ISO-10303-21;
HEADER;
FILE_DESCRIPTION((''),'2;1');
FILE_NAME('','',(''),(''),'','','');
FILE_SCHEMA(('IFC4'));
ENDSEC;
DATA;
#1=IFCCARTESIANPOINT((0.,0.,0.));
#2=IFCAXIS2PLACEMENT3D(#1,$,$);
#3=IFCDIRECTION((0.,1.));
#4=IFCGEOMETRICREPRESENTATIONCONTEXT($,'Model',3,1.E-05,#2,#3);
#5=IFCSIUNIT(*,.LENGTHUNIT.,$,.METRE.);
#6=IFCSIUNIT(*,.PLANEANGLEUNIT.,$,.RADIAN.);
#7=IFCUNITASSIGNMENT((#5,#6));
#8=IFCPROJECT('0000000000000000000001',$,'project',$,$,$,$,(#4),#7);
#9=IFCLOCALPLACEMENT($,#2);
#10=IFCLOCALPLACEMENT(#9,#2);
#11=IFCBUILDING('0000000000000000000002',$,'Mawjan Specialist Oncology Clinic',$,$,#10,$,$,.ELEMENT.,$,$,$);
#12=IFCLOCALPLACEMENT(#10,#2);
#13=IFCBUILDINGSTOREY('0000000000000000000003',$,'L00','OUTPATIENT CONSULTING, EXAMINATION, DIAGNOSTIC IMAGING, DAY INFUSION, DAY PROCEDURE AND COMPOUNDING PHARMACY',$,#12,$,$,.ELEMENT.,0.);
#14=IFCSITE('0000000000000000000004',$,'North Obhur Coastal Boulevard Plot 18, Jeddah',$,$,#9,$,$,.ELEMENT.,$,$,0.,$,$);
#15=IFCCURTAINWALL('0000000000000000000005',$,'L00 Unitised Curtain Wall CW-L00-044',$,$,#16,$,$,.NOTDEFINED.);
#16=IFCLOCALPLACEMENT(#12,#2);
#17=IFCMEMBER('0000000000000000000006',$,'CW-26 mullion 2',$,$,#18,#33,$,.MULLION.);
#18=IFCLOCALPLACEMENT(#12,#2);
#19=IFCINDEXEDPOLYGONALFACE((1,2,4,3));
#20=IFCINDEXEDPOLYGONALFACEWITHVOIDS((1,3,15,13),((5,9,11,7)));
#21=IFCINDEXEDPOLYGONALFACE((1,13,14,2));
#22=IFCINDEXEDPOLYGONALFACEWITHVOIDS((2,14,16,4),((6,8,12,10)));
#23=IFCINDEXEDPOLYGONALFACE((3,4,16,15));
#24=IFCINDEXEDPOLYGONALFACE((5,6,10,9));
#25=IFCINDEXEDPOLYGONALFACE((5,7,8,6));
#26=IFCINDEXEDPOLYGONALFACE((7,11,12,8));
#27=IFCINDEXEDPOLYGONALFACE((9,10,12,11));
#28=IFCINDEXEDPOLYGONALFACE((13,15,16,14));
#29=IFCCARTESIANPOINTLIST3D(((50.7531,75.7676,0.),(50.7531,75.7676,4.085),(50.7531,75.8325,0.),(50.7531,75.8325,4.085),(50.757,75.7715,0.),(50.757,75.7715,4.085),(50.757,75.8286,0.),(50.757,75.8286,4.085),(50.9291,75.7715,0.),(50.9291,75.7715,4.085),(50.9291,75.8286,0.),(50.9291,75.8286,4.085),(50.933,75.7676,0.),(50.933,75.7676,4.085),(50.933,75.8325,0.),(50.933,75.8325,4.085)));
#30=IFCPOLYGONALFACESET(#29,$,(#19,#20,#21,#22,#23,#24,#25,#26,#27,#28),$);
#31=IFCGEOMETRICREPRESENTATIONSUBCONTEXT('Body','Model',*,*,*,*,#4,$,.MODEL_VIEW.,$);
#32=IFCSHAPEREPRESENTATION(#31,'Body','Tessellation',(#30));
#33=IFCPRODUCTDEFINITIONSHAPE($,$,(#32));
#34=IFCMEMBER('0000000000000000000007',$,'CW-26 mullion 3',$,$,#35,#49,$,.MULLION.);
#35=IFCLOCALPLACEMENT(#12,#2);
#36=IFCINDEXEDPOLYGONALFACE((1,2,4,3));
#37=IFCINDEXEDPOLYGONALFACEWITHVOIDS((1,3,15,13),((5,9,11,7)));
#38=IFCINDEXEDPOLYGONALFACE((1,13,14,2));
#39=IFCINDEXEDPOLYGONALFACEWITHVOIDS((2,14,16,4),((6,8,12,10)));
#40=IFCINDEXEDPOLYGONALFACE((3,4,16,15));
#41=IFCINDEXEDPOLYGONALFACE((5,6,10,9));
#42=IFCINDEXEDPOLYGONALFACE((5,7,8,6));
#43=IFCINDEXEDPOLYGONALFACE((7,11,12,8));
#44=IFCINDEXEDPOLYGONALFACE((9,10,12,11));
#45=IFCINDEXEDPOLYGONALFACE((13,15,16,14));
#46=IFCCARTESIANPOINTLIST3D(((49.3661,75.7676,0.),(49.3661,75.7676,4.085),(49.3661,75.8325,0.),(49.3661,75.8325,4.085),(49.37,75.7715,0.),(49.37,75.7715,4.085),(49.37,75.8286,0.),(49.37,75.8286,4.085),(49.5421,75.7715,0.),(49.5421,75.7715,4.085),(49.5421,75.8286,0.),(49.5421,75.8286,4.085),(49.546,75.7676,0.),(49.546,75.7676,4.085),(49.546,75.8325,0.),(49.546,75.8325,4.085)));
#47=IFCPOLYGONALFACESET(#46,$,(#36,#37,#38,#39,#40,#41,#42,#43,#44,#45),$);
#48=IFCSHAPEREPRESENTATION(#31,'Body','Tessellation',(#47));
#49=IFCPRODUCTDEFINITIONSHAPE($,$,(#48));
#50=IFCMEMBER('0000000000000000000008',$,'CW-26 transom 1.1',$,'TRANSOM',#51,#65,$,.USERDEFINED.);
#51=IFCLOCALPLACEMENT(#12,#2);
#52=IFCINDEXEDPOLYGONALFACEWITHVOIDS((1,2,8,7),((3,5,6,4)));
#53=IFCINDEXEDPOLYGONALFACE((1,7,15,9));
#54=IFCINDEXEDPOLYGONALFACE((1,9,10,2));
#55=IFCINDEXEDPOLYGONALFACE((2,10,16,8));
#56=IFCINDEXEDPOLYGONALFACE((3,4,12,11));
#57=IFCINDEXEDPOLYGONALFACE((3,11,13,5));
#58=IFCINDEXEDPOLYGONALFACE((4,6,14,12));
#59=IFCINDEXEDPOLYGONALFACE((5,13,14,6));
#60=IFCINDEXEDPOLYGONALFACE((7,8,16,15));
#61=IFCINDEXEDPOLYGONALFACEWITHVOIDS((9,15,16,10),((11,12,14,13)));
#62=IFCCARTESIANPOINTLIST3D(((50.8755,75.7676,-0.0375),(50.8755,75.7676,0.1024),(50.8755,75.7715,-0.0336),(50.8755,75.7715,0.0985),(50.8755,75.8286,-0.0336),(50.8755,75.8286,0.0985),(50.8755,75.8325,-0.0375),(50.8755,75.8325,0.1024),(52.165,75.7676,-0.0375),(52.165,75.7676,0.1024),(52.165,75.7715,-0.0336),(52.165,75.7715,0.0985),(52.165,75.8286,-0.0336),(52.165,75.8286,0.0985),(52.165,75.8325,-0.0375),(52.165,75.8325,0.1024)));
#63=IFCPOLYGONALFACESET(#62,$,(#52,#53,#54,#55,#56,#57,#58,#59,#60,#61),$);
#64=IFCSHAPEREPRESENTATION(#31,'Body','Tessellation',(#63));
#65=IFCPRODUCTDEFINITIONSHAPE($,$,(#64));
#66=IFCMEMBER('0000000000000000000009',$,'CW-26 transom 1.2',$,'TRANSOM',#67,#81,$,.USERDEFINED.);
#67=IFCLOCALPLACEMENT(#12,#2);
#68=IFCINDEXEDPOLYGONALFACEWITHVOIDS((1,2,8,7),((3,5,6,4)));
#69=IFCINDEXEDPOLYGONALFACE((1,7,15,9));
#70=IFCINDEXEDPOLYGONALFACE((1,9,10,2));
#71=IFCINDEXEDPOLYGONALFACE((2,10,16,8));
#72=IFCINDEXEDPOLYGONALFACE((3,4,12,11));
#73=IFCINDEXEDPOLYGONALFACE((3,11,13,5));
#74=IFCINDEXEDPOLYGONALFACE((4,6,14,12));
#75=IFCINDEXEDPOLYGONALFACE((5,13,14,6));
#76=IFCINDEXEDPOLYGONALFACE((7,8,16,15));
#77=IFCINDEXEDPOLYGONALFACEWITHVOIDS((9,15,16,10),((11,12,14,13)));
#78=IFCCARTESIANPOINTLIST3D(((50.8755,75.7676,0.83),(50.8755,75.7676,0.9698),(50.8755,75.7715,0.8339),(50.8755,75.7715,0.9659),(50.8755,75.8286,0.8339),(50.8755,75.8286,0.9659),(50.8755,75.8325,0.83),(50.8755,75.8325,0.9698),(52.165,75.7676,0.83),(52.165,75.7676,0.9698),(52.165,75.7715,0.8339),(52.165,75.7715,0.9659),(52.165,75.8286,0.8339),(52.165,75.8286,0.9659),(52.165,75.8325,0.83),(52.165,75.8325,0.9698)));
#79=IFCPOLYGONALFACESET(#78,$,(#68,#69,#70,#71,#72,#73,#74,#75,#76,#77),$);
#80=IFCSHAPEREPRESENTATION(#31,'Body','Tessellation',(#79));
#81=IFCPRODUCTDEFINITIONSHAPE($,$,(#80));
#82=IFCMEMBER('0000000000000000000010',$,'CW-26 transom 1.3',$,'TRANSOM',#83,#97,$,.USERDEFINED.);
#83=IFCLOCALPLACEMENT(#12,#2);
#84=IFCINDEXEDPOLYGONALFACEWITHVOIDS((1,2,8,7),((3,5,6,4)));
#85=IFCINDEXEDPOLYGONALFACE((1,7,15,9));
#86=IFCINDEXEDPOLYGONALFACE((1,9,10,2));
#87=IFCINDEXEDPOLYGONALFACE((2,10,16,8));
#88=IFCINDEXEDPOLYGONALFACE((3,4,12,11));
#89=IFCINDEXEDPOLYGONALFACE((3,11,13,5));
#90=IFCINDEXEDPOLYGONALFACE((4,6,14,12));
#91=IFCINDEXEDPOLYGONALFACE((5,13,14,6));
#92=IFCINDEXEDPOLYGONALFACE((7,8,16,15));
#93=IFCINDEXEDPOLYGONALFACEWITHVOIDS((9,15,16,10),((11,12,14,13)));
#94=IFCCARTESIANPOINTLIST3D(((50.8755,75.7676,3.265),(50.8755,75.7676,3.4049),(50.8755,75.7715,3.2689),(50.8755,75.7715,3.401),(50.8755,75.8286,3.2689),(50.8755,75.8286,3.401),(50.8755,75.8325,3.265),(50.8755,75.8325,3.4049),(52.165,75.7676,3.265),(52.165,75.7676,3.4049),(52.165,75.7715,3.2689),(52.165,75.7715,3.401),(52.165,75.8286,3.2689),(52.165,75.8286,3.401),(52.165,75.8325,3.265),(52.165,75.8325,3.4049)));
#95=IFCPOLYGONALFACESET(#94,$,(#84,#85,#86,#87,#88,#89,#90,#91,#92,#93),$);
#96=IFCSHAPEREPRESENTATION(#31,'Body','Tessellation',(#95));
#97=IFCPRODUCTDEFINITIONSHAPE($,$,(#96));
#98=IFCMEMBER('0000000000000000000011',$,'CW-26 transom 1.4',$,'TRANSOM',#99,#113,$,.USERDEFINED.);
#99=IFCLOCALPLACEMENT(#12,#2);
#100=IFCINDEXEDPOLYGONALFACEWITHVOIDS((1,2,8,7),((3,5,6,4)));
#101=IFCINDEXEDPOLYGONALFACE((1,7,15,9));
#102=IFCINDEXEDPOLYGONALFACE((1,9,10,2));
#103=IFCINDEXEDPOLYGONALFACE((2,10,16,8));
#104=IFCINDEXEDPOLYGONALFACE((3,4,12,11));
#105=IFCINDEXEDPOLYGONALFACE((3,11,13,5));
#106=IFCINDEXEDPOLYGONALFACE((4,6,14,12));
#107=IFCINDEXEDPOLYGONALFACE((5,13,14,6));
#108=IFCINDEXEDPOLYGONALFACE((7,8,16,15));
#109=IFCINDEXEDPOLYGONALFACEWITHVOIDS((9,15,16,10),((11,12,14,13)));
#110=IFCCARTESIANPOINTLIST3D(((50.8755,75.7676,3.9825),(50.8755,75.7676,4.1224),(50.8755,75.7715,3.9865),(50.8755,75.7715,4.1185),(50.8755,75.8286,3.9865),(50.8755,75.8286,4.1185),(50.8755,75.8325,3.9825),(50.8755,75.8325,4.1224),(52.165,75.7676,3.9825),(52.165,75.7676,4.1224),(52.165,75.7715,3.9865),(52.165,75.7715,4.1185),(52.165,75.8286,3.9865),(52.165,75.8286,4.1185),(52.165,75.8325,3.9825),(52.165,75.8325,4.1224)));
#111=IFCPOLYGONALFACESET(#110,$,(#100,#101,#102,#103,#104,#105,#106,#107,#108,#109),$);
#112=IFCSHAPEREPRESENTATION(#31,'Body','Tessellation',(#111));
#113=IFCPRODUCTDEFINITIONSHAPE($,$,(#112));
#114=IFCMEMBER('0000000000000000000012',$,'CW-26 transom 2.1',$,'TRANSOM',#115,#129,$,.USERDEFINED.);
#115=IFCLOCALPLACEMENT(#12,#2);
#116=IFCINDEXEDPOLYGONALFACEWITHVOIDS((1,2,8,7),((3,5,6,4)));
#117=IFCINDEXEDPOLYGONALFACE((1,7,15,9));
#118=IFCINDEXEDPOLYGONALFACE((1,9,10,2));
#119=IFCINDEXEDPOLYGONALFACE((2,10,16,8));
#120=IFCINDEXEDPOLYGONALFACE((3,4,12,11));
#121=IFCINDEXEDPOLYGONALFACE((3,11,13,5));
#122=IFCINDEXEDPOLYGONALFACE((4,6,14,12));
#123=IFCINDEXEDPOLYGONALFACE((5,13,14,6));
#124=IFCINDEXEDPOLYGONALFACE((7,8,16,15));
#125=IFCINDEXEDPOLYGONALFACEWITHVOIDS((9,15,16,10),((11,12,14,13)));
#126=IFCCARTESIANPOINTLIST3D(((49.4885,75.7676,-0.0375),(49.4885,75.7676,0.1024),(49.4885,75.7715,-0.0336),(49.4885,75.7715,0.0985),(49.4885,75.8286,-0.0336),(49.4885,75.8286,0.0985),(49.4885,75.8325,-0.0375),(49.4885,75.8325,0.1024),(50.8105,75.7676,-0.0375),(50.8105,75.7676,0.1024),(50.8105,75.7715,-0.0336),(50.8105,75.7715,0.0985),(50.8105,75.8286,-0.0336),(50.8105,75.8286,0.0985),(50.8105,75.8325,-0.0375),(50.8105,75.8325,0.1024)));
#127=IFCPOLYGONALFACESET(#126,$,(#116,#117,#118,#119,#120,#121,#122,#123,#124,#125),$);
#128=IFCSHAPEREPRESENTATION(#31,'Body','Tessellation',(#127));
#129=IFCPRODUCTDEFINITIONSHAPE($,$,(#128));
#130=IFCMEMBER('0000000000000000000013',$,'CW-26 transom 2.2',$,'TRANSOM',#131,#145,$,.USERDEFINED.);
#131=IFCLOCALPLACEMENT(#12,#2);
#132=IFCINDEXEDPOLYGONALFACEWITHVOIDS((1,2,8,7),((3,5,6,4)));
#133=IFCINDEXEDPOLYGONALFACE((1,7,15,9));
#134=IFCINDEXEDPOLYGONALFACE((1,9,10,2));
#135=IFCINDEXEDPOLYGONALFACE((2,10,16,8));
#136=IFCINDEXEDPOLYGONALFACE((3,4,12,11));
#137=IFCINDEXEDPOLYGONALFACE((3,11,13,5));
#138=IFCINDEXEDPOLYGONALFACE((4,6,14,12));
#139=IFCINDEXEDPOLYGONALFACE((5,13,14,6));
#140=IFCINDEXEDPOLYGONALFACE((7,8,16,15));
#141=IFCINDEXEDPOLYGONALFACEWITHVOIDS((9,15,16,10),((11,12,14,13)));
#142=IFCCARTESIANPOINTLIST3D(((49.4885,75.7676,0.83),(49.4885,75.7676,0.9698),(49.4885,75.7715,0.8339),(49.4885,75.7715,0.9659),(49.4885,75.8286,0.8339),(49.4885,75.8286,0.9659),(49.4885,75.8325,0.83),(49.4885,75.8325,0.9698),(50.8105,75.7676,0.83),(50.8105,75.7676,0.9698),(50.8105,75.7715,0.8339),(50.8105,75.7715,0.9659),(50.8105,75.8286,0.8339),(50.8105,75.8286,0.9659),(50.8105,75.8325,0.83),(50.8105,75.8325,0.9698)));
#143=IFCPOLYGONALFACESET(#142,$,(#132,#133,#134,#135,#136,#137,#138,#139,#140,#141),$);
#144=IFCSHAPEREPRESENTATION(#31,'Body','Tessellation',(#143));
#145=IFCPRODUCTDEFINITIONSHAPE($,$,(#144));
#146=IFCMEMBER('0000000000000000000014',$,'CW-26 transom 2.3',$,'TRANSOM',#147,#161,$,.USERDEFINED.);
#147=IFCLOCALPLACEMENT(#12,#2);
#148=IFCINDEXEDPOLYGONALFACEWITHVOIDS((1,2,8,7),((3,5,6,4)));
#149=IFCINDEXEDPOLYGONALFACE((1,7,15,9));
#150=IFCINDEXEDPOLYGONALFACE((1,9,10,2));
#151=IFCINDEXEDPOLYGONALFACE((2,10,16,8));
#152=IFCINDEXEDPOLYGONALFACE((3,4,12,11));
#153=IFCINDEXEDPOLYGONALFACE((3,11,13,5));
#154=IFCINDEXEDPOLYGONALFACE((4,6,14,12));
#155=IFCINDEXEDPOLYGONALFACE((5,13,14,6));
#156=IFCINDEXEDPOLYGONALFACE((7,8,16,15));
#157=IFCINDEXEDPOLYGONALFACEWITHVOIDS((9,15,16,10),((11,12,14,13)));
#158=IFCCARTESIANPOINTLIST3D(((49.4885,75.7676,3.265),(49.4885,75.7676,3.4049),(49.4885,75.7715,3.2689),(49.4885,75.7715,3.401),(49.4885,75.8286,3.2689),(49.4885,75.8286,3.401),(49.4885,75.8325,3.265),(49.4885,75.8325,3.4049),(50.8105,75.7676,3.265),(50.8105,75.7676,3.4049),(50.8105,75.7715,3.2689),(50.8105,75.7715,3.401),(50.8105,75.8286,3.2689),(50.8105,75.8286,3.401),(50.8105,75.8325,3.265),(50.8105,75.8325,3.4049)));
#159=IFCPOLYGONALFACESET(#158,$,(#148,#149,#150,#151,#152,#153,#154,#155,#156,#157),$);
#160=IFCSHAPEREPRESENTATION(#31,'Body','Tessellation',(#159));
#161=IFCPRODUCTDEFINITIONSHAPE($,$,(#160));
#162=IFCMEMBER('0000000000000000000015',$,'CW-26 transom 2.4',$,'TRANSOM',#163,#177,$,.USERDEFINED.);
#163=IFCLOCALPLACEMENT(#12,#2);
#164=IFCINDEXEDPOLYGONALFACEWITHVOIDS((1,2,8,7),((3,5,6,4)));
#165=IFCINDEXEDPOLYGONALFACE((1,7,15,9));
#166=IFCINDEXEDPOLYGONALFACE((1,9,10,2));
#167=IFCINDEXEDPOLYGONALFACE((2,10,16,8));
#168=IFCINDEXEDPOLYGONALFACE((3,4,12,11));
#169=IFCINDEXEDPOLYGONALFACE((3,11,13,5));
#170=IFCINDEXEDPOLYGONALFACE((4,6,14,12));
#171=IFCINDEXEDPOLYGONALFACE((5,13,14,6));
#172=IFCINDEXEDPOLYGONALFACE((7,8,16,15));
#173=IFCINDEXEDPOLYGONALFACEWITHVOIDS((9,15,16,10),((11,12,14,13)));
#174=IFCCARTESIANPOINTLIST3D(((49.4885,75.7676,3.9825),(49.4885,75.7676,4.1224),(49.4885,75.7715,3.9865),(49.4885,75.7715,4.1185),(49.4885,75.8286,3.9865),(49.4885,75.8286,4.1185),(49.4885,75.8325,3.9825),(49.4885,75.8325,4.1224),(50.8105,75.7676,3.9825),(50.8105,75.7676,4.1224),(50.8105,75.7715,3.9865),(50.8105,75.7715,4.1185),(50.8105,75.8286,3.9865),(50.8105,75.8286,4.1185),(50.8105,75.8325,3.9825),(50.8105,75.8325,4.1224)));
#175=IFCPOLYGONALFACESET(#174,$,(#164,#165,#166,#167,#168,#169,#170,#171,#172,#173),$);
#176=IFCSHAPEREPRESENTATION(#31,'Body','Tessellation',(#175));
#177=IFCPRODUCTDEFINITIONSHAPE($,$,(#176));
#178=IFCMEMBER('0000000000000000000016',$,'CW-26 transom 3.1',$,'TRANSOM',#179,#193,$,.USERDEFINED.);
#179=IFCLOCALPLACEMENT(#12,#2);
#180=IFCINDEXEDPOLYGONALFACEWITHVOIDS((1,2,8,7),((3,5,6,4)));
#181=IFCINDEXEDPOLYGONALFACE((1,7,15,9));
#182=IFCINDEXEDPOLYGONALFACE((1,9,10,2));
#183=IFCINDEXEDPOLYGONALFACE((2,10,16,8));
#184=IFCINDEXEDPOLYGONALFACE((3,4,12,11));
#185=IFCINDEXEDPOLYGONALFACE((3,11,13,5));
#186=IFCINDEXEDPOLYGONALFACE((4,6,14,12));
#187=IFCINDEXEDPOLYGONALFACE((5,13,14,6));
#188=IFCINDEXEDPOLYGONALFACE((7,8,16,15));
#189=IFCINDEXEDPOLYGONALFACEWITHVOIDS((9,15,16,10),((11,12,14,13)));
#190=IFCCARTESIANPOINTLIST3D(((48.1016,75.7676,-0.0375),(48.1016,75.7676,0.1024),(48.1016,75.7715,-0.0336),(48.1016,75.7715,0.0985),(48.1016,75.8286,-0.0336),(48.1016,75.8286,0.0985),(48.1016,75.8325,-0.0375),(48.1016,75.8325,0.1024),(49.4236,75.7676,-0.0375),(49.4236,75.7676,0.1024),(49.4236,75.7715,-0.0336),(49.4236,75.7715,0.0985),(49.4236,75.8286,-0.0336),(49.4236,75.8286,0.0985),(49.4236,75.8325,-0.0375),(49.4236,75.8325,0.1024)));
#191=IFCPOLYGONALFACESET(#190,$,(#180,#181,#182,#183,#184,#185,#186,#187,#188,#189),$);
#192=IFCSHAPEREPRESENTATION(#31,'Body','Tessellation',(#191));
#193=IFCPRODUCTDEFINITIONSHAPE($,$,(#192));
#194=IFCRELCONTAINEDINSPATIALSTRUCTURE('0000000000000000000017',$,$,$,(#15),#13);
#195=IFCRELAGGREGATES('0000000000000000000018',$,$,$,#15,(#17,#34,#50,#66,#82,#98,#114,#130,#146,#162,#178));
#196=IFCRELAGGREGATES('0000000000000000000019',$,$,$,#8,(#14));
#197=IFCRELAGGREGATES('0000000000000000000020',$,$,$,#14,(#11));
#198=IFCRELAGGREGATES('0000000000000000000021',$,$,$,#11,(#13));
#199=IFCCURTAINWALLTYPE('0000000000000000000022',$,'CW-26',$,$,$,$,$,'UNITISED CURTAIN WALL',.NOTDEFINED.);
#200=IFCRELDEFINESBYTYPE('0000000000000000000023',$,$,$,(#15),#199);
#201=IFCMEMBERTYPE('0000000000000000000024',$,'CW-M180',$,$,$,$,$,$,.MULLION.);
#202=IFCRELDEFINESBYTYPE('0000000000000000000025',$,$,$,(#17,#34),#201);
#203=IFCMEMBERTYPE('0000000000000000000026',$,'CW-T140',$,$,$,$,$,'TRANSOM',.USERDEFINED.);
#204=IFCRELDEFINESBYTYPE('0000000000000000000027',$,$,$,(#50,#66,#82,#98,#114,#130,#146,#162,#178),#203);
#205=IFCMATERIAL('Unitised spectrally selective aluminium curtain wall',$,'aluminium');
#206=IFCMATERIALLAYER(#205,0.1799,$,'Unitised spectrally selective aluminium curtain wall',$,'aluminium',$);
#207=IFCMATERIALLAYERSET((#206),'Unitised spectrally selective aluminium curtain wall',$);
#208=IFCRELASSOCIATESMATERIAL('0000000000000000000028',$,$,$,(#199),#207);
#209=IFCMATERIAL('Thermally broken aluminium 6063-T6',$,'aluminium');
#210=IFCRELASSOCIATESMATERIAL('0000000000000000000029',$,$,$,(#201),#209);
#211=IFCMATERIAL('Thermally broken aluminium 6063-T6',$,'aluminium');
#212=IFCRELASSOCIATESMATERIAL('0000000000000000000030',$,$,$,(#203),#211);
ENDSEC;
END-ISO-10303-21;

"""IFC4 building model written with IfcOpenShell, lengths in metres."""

from ifc_helpers import new_model, si_unit, direction, frame, origin, origin_2d, place, context, subcontext, project, spatial, hollow_rectangle, extrude, material, layer, layer_set, material_profile, profile_set, type_object, element, aggregate, save


model = new_model("IFC4")

# Units and contexts
model_context = context("Model", 3, precision=1e-05, world=origin(), true_north=direction((0.0, 1.0)))
body_context = subcontext(model_context, "Body", "Model", "MODEL_VIEW")
ifc_project = project(units=[si_unit("LENGTHUNIT", "METRE"), si_unit("PLANEANGLEUNIT", "RADIAN")], contexts=[model_context])

# Site, building, storey
site_placement = place(None, origin())
site = spatial("IfcSite", under=ifc_project, at=site_placement, Name="North Obhur Coastal Boulevard Plot 18, Jeddah", CompositionType="ELEMENT", RefElevation=0.0)
building_placement = place(site_placement, origin())
building = spatial("IfcBuilding", under=site, at=building_placement, Name="Mawjan Specialist Oncology Clinic", CompositionType="ELEMENT")
storey_placement = place(building_placement, origin())
storey = spatial("IfcBuildingStorey", under=building, at=storey_placement, Name="L00", Description="OUTPATIENT CONSULTING, EXAMINATION, DIAGNOSTIC IMAGING, DAY INFUSION, DAY PROCEDURE AND COMPOUNDING PHARMACY", CompositionType="ELEMENT", Elevation=0.0)

# Curtain wall, members
ifc_material_1 = material(Name="Unitised spectrally selective aluminium curtain wall", Category="aluminium")
ifc_layer_1 = layer(ifc_material_1, 0.1799, Name="Unitised spectrally selective aluminium curtain wall", Category="aluminium")
ifc_layer_set_1 = layer_set([ifc_layer_1], Name="Unitised spectrally selective aluminium curtain wall")
curtain_wall_type = type_object("IfcCurtainWallType", Name="CW-26", ElementType="UNITISED CURTAIN WALL", PredefinedType="NOTDEFINED", material=ifc_layer_set_1)
curtain_wall_placement = place(storey_placement, origin())
curtain_wall = element("IfcCurtainWall", 1, at=curtain_wall_placement, inside=storey, type_object=curtain_wall_type, Name="L00 Unitised Curtain Wall CW-L00-044", PredefinedType="NOTDEFINED")
ifc_material_2 = material(Name="Thermally broken aluminium 6063-T6", Category="aluminium")
ifc_material_profile_1 = material_profile(ifc_material_2, hollow_rectangle(XDim=0.0649, YDim=0.1799, WallThickness=0.0039, at=origin_2d()), Name="ALU MULLION 180x65x4", Category="aluminium")
ifc_profile_set_1 = profile_set([ifc_material_profile_1], Name="Thermally broken aluminium 6063-T6")
member_type_1 = type_object("IfcMemberType", Name="CW-M180", PredefinedType="MULLION", material=ifc_profile_set_1)
member_1_placement = place(storey_placement, frame((50.843, 75.8, 0.0), z_axis=(0.0, 0.0, 1.0), x_axis=(0.0, -1.0, 0.0)))
member_1 = element("IfcMember", 2, at=member_1_placement, type_object=member_type_1, Name="CW-26 mullion 2", PredefinedType="MULLION", context=body_context, shape_type="SweptSolid", body=[
    extrude(hollow_rectangle(XDim=0.0649, YDim=0.1799, WallThickness=0.0039, at=origin_2d()), origin(), (0.0, 0.0, 1.0), 4.085),
])
member_2_placement = place(storey_placement, frame((49.4561, 75.8, 0.0), z_axis=(0.0, 0.0, 1.0), x_axis=(0.0, -1.0, 0.0)))
member_2 = element("IfcMember", 3, at=member_2_placement, type_object=member_type_1, Name="CW-26 mullion 3", PredefinedType="MULLION", context=body_context, shape_type="SweptSolid", body=[
    extrude(hollow_rectangle(XDim=0.0649, YDim=0.1799, WallThickness=0.0039, at=origin_2d()), origin(), (0.0, 0.0, 1.0), 4.085),
])
ifc_material_3 = material(Name="Thermally broken aluminium 6063-T6", Category="aluminium")
ifc_material_profile_2 = material_profile(ifc_material_3, hollow_rectangle(XDim=0.0649, YDim=0.1399, WallThickness=0.0039, at=origin_2d()), Name="ALU TRANSOM 140x65x4", Category="aluminium")
ifc_profile_set_2 = profile_set([ifc_material_profile_2], Name="Thermally broken aluminium 6063-T6")
member_type_2 = type_object("IfcMemberType", Name="CW-T140", ElementType="TRANSOM", PredefinedType="USERDEFINED", material=ifc_profile_set_2)
member_3_placement = place(storey_placement, frame((52.165, 75.8, 0.0325), z_axis=(-1.0, 0.0, 0.0), x_axis=(0.0, -1.0, 0.0)))
member_3 = element("IfcMember", 4, at=member_3_placement, type_object=member_type_2, Name="CW-26 transom 1.1", ObjectType="TRANSOM", PredefinedType="USERDEFINED", context=body_context, shape_type="SweptSolid", body=[
    extrude(hollow_rectangle(XDim=0.0649, YDim=0.1399, WallThickness=0.0039, at=origin_2d()), origin(), (0.0, 0.0, 1.0), 1.2896),
])
member_4_placement = place(storey_placement, frame((52.165, 75.8, 0.8999), z_axis=(-1.0, 0.0, 0.0), x_axis=(0.0, -1.0, 0.0)))
member_4 = element("IfcMember", 5, at=member_4_placement, type_object=member_type_2, Name="CW-26 transom 1.2", ObjectType="TRANSOM", PredefinedType="USERDEFINED", context=body_context, shape_type="SweptSolid", body=[
    extrude(hollow_rectangle(XDim=0.0649, YDim=0.1399, WallThickness=0.0039, at=origin_2d()), origin(), (0.0, 0.0, 1.0), 1.2896),
])
member_5_placement = place(storey_placement, frame((52.165, 75.8, 3.335), z_axis=(-1.0, 0.0, 0.0), x_axis=(0.0, -1.0, 0.0)))
member_5 = element("IfcMember", 6, at=member_5_placement, type_object=member_type_2, Name="CW-26 transom 1.3", ObjectType="TRANSOM", PredefinedType="USERDEFINED", context=body_context, shape_type="SweptSolid", body=[
    extrude(hollow_rectangle(XDim=0.0649, YDim=0.1399, WallThickness=0.0039, at=origin_2d()), origin(), (0.0, 0.0, 1.0), 1.2896),
])
member_6_placement = place(storey_placement, frame((52.165, 75.8, 4.0525), z_axis=(-1.0, 0.0, 0.0), x_axis=(0.0, -1.0, 0.0)))
member_6 = element("IfcMember", 7, at=member_6_placement, type_object=member_type_2, Name="CW-26 transom 1.4", ObjectType="TRANSOM", PredefinedType="USERDEFINED", context=body_context, shape_type="SweptSolid", body=[
    extrude(hollow_rectangle(XDim=0.0649, YDim=0.1399, WallThickness=0.0039, at=origin_2d()), origin(), (0.0, 0.0, 1.0), 1.2896),
])
member_7_placement = place(storey_placement, frame((50.8105, 75.8, 0.0325), z_axis=(-1.0, 0.0, 0.0), x_axis=(0.0, -1.0, 0.0)))
member_7 = element("IfcMember", 8, at=member_7_placement, type_object=member_type_2, Name="CW-26 transom 2.1", ObjectType="TRANSOM", PredefinedType="USERDEFINED", context=body_context, shape_type="SweptSolid", body=[
    extrude(hollow_rectangle(XDim=0.0649, YDim=0.1399, WallThickness=0.0039, at=origin_2d()), origin(), (0.0, 0.0, 1.0), 1.322),
])
member_8_placement = place(storey_placement, frame((50.8105, 75.8, 0.8999), z_axis=(-1.0, 0.0, 0.0), x_axis=(0.0, -1.0, 0.0)))
member_8 = element("IfcMember", 9, at=member_8_placement, type_object=member_type_2, Name="CW-26 transom 2.2", ObjectType="TRANSOM", PredefinedType="USERDEFINED", context=body_context, shape_type="SweptSolid", body=[
    extrude(hollow_rectangle(XDim=0.0649, YDim=0.1399, WallThickness=0.0039, at=origin_2d()), origin(), (0.0, 0.0, 1.0), 1.322),
])
member_9_placement = place(storey_placement, frame((50.8105, 75.8, 3.335), z_axis=(-1.0, 0.0, 0.0), x_axis=(0.0, -1.0, 0.0)))
member_9 = element("IfcMember", 10, at=member_9_placement, type_object=member_type_2, Name="CW-26 transom 2.3", ObjectType="TRANSOM", PredefinedType="USERDEFINED", context=body_context, shape_type="SweptSolid", body=[
    extrude(hollow_rectangle(XDim=0.0649, YDim=0.1399, WallThickness=0.0039, at=origin_2d()), origin(), (0.0, 0.0, 1.0), 1.322),
])
member_10_placement = place(storey_placement, frame((50.8105, 75.8, 4.0525), z_axis=(-1.0, 0.0, 0.0), x_axis=(0.0, -1.0, 0.0)))
member_10 = element("IfcMember", 11, at=member_10_placement, type_object=member_type_2, Name="CW-26 transom 2.4", ObjectType="TRANSOM", PredefinedType="USERDEFINED", context=body_context, shape_type="SweptSolid", body=[
    extrude(hollow_rectangle(XDim=0.0649, YDim=0.1399, WallThickness=0.0039, at=origin_2d()), origin(), (0.0, 0.0, 1.0), 1.322),
])
member_11_placement = place(storey_placement, frame((49.4236, 75.8, 0.0325), z_axis=(-1.0, 0.0, 0.0), x_axis=(0.0, -1.0, 0.0)))
member_11 = element("IfcMember", 12, at=member_11_placement, type_object=member_type_2, Name="CW-26 transom 3.1", ObjectType="TRANSOM", PredefinedType="USERDEFINED", context=body_context, shape_type="SweptSolid", body=[
    extrude(hollow_rectangle(XDim=0.0649, YDim=0.1399, WallThickness=0.0039, at=origin_2d()), origin(), (0.0, 0.0, 1.0), 1.322),
])
aggregate(curtain_wall, [member_1, member_2, member_3, member_4, member_5, member_6, member_7, member_8, member_9, member_10, member_11])

save(model, "model.ifc")
